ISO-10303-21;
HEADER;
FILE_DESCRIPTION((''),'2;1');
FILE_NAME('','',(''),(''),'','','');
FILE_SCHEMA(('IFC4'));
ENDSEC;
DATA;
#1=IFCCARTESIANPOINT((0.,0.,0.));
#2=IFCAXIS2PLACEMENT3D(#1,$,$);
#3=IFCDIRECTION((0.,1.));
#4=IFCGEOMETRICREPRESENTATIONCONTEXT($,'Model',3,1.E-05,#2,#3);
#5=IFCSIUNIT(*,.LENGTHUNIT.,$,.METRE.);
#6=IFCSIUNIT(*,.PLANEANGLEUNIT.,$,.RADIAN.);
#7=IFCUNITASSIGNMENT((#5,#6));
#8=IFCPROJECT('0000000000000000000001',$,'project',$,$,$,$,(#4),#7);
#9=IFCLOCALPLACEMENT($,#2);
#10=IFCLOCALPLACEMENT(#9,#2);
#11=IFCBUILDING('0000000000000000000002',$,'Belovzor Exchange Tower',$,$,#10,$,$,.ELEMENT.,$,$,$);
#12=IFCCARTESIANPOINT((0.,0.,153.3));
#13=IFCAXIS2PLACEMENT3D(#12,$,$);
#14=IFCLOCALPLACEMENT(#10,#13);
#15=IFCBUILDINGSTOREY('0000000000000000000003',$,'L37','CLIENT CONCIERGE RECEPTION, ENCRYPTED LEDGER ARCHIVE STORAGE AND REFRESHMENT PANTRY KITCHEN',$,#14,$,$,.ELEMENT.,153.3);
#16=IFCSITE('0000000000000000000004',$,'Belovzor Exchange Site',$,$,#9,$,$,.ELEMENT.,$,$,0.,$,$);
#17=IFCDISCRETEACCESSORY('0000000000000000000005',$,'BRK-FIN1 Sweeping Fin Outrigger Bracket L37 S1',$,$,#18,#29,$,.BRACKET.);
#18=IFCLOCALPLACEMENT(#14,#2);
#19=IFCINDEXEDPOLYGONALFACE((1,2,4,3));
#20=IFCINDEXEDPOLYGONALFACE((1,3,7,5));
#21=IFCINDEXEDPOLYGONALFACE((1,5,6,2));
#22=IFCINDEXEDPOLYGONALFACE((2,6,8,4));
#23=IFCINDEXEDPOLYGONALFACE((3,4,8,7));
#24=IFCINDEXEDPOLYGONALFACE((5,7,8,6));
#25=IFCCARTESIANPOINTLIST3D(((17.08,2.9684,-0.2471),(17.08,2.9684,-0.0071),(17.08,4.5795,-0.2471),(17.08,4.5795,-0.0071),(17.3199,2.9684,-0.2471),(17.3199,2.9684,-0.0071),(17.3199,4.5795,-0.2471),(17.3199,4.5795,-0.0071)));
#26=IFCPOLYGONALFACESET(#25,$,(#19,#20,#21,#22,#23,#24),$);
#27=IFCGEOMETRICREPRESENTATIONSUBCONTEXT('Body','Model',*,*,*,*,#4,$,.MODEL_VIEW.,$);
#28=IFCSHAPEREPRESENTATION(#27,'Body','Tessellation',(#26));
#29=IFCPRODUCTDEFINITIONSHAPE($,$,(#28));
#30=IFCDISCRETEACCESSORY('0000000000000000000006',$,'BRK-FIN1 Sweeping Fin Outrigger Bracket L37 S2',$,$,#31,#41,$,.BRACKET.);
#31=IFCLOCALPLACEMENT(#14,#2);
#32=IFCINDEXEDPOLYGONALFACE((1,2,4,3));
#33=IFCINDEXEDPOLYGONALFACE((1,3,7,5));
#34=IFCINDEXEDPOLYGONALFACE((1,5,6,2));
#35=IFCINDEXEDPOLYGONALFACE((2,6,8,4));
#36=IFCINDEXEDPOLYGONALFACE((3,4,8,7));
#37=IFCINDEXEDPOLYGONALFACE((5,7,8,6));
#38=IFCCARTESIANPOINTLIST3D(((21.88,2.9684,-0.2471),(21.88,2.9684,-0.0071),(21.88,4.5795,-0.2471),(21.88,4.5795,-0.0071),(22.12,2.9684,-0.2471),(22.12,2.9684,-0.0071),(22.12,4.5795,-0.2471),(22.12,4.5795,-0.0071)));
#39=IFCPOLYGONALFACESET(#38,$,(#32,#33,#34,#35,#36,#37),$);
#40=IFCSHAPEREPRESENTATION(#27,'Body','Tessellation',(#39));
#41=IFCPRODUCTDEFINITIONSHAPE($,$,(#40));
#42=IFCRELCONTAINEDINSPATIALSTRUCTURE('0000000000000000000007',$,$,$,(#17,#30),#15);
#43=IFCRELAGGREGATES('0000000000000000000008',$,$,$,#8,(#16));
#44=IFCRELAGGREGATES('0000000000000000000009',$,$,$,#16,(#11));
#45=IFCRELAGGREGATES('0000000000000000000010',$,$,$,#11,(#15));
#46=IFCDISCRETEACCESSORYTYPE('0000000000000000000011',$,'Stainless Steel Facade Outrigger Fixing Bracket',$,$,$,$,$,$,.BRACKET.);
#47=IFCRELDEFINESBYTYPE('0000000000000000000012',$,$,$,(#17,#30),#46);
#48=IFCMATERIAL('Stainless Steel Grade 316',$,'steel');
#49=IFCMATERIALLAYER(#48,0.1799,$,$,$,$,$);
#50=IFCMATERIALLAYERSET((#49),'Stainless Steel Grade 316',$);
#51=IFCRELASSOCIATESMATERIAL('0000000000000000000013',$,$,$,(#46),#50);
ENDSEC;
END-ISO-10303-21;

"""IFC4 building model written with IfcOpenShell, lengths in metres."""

from ifc_helpers import new_model, si_unit, direction, frame, origin, origin_2d, place, context, subcontext, project, spatial, rectangle, extrude, material, layer, layer_set, type_object, element, save


model = new_model("IFC4")

# Units and contexts
model_context = context("Model", 3, precision=1e-05, world=origin(), true_north=direction((0.0, 1.0)))
body_context = subcontext(model_context, "Body", "Model", "MODEL_VIEW")
ifc_project = project(units=[si_unit("LENGTHUNIT", "METRE"), si_unit("PLANEANGLEUNIT", "RADIAN")], contexts=[model_context])

# Site, building, storey
site_placement = place(None, origin())
site = spatial("IfcSite", under=ifc_project, at=site_placement, Name="Belovzor Exchange Site", CompositionType="ELEMENT", RefElevation=0.0)
building_placement = place(site_placement, origin())
building = spatial("IfcBuilding", under=site, at=building_placement, Name="Belovzor Exchange Tower", CompositionType="ELEMENT")
storey_placement = place(building_placement, frame((0.0, 0.0, 153.3)))
storey = spatial("IfcBuildingStorey", under=building, at=storey_placement, Name="L37", Description="CLIENT CONCIERGE RECEPTION, ENCRYPTED LEDGER ARCHIVE STORAGE AND REFRESHMENT PANTRY KITCHEN", CompositionType="ELEMENT", Elevation=153.3)

# Discrete accessories
ifc_material_1 = material(Name="Stainless Steel Grade 316", Category="steel")
ifc_layer_1 = layer(ifc_material_1, 0.1799)
ifc_layer_set_1 = layer_set([ifc_layer_1], Name="Stainless Steel Grade 316")
discrete_accessory_type = type_object("IfcDiscreteAccessoryType", Name="Stainless Steel Facade Outrigger Fixing Bracket", PredefinedType="BRACKET", material=ifc_layer_set_1)
for number, where, z_axis, x_axis, name in (
    (1, (17.2, 3.7739, -0.2471), (0.0, 0.0, 1.0), (0.0, 1.0, 0.0), "BRK-FIN1 Sweeping Fin Outrigger Bracket L37 S1"),
    (2, (22.0, 3.7739, -0.2471), (0.0, 0.0, 1.0), (0.0, 1.0, 0.0), "BRK-FIN1 Sweeping Fin Outrigger Bracket L37 S2"),
):
    element("IfcDiscreteAccessory", number, at=place(storey_placement, frame(where, z_axis=z_axis, x_axis=x_axis)), inside=storey, type_object=discrete_accessory_type, Name=name, PredefinedType="BRACKET", context=body_context, shape_type="SweptSolid", body=[
        extrude(rectangle(XDim=1.6111, YDim=0.24, at=origin_2d()), origin(), (0.0, 0.0, 1.0), 0.24),
    ])

save(model, "model.ifc")
